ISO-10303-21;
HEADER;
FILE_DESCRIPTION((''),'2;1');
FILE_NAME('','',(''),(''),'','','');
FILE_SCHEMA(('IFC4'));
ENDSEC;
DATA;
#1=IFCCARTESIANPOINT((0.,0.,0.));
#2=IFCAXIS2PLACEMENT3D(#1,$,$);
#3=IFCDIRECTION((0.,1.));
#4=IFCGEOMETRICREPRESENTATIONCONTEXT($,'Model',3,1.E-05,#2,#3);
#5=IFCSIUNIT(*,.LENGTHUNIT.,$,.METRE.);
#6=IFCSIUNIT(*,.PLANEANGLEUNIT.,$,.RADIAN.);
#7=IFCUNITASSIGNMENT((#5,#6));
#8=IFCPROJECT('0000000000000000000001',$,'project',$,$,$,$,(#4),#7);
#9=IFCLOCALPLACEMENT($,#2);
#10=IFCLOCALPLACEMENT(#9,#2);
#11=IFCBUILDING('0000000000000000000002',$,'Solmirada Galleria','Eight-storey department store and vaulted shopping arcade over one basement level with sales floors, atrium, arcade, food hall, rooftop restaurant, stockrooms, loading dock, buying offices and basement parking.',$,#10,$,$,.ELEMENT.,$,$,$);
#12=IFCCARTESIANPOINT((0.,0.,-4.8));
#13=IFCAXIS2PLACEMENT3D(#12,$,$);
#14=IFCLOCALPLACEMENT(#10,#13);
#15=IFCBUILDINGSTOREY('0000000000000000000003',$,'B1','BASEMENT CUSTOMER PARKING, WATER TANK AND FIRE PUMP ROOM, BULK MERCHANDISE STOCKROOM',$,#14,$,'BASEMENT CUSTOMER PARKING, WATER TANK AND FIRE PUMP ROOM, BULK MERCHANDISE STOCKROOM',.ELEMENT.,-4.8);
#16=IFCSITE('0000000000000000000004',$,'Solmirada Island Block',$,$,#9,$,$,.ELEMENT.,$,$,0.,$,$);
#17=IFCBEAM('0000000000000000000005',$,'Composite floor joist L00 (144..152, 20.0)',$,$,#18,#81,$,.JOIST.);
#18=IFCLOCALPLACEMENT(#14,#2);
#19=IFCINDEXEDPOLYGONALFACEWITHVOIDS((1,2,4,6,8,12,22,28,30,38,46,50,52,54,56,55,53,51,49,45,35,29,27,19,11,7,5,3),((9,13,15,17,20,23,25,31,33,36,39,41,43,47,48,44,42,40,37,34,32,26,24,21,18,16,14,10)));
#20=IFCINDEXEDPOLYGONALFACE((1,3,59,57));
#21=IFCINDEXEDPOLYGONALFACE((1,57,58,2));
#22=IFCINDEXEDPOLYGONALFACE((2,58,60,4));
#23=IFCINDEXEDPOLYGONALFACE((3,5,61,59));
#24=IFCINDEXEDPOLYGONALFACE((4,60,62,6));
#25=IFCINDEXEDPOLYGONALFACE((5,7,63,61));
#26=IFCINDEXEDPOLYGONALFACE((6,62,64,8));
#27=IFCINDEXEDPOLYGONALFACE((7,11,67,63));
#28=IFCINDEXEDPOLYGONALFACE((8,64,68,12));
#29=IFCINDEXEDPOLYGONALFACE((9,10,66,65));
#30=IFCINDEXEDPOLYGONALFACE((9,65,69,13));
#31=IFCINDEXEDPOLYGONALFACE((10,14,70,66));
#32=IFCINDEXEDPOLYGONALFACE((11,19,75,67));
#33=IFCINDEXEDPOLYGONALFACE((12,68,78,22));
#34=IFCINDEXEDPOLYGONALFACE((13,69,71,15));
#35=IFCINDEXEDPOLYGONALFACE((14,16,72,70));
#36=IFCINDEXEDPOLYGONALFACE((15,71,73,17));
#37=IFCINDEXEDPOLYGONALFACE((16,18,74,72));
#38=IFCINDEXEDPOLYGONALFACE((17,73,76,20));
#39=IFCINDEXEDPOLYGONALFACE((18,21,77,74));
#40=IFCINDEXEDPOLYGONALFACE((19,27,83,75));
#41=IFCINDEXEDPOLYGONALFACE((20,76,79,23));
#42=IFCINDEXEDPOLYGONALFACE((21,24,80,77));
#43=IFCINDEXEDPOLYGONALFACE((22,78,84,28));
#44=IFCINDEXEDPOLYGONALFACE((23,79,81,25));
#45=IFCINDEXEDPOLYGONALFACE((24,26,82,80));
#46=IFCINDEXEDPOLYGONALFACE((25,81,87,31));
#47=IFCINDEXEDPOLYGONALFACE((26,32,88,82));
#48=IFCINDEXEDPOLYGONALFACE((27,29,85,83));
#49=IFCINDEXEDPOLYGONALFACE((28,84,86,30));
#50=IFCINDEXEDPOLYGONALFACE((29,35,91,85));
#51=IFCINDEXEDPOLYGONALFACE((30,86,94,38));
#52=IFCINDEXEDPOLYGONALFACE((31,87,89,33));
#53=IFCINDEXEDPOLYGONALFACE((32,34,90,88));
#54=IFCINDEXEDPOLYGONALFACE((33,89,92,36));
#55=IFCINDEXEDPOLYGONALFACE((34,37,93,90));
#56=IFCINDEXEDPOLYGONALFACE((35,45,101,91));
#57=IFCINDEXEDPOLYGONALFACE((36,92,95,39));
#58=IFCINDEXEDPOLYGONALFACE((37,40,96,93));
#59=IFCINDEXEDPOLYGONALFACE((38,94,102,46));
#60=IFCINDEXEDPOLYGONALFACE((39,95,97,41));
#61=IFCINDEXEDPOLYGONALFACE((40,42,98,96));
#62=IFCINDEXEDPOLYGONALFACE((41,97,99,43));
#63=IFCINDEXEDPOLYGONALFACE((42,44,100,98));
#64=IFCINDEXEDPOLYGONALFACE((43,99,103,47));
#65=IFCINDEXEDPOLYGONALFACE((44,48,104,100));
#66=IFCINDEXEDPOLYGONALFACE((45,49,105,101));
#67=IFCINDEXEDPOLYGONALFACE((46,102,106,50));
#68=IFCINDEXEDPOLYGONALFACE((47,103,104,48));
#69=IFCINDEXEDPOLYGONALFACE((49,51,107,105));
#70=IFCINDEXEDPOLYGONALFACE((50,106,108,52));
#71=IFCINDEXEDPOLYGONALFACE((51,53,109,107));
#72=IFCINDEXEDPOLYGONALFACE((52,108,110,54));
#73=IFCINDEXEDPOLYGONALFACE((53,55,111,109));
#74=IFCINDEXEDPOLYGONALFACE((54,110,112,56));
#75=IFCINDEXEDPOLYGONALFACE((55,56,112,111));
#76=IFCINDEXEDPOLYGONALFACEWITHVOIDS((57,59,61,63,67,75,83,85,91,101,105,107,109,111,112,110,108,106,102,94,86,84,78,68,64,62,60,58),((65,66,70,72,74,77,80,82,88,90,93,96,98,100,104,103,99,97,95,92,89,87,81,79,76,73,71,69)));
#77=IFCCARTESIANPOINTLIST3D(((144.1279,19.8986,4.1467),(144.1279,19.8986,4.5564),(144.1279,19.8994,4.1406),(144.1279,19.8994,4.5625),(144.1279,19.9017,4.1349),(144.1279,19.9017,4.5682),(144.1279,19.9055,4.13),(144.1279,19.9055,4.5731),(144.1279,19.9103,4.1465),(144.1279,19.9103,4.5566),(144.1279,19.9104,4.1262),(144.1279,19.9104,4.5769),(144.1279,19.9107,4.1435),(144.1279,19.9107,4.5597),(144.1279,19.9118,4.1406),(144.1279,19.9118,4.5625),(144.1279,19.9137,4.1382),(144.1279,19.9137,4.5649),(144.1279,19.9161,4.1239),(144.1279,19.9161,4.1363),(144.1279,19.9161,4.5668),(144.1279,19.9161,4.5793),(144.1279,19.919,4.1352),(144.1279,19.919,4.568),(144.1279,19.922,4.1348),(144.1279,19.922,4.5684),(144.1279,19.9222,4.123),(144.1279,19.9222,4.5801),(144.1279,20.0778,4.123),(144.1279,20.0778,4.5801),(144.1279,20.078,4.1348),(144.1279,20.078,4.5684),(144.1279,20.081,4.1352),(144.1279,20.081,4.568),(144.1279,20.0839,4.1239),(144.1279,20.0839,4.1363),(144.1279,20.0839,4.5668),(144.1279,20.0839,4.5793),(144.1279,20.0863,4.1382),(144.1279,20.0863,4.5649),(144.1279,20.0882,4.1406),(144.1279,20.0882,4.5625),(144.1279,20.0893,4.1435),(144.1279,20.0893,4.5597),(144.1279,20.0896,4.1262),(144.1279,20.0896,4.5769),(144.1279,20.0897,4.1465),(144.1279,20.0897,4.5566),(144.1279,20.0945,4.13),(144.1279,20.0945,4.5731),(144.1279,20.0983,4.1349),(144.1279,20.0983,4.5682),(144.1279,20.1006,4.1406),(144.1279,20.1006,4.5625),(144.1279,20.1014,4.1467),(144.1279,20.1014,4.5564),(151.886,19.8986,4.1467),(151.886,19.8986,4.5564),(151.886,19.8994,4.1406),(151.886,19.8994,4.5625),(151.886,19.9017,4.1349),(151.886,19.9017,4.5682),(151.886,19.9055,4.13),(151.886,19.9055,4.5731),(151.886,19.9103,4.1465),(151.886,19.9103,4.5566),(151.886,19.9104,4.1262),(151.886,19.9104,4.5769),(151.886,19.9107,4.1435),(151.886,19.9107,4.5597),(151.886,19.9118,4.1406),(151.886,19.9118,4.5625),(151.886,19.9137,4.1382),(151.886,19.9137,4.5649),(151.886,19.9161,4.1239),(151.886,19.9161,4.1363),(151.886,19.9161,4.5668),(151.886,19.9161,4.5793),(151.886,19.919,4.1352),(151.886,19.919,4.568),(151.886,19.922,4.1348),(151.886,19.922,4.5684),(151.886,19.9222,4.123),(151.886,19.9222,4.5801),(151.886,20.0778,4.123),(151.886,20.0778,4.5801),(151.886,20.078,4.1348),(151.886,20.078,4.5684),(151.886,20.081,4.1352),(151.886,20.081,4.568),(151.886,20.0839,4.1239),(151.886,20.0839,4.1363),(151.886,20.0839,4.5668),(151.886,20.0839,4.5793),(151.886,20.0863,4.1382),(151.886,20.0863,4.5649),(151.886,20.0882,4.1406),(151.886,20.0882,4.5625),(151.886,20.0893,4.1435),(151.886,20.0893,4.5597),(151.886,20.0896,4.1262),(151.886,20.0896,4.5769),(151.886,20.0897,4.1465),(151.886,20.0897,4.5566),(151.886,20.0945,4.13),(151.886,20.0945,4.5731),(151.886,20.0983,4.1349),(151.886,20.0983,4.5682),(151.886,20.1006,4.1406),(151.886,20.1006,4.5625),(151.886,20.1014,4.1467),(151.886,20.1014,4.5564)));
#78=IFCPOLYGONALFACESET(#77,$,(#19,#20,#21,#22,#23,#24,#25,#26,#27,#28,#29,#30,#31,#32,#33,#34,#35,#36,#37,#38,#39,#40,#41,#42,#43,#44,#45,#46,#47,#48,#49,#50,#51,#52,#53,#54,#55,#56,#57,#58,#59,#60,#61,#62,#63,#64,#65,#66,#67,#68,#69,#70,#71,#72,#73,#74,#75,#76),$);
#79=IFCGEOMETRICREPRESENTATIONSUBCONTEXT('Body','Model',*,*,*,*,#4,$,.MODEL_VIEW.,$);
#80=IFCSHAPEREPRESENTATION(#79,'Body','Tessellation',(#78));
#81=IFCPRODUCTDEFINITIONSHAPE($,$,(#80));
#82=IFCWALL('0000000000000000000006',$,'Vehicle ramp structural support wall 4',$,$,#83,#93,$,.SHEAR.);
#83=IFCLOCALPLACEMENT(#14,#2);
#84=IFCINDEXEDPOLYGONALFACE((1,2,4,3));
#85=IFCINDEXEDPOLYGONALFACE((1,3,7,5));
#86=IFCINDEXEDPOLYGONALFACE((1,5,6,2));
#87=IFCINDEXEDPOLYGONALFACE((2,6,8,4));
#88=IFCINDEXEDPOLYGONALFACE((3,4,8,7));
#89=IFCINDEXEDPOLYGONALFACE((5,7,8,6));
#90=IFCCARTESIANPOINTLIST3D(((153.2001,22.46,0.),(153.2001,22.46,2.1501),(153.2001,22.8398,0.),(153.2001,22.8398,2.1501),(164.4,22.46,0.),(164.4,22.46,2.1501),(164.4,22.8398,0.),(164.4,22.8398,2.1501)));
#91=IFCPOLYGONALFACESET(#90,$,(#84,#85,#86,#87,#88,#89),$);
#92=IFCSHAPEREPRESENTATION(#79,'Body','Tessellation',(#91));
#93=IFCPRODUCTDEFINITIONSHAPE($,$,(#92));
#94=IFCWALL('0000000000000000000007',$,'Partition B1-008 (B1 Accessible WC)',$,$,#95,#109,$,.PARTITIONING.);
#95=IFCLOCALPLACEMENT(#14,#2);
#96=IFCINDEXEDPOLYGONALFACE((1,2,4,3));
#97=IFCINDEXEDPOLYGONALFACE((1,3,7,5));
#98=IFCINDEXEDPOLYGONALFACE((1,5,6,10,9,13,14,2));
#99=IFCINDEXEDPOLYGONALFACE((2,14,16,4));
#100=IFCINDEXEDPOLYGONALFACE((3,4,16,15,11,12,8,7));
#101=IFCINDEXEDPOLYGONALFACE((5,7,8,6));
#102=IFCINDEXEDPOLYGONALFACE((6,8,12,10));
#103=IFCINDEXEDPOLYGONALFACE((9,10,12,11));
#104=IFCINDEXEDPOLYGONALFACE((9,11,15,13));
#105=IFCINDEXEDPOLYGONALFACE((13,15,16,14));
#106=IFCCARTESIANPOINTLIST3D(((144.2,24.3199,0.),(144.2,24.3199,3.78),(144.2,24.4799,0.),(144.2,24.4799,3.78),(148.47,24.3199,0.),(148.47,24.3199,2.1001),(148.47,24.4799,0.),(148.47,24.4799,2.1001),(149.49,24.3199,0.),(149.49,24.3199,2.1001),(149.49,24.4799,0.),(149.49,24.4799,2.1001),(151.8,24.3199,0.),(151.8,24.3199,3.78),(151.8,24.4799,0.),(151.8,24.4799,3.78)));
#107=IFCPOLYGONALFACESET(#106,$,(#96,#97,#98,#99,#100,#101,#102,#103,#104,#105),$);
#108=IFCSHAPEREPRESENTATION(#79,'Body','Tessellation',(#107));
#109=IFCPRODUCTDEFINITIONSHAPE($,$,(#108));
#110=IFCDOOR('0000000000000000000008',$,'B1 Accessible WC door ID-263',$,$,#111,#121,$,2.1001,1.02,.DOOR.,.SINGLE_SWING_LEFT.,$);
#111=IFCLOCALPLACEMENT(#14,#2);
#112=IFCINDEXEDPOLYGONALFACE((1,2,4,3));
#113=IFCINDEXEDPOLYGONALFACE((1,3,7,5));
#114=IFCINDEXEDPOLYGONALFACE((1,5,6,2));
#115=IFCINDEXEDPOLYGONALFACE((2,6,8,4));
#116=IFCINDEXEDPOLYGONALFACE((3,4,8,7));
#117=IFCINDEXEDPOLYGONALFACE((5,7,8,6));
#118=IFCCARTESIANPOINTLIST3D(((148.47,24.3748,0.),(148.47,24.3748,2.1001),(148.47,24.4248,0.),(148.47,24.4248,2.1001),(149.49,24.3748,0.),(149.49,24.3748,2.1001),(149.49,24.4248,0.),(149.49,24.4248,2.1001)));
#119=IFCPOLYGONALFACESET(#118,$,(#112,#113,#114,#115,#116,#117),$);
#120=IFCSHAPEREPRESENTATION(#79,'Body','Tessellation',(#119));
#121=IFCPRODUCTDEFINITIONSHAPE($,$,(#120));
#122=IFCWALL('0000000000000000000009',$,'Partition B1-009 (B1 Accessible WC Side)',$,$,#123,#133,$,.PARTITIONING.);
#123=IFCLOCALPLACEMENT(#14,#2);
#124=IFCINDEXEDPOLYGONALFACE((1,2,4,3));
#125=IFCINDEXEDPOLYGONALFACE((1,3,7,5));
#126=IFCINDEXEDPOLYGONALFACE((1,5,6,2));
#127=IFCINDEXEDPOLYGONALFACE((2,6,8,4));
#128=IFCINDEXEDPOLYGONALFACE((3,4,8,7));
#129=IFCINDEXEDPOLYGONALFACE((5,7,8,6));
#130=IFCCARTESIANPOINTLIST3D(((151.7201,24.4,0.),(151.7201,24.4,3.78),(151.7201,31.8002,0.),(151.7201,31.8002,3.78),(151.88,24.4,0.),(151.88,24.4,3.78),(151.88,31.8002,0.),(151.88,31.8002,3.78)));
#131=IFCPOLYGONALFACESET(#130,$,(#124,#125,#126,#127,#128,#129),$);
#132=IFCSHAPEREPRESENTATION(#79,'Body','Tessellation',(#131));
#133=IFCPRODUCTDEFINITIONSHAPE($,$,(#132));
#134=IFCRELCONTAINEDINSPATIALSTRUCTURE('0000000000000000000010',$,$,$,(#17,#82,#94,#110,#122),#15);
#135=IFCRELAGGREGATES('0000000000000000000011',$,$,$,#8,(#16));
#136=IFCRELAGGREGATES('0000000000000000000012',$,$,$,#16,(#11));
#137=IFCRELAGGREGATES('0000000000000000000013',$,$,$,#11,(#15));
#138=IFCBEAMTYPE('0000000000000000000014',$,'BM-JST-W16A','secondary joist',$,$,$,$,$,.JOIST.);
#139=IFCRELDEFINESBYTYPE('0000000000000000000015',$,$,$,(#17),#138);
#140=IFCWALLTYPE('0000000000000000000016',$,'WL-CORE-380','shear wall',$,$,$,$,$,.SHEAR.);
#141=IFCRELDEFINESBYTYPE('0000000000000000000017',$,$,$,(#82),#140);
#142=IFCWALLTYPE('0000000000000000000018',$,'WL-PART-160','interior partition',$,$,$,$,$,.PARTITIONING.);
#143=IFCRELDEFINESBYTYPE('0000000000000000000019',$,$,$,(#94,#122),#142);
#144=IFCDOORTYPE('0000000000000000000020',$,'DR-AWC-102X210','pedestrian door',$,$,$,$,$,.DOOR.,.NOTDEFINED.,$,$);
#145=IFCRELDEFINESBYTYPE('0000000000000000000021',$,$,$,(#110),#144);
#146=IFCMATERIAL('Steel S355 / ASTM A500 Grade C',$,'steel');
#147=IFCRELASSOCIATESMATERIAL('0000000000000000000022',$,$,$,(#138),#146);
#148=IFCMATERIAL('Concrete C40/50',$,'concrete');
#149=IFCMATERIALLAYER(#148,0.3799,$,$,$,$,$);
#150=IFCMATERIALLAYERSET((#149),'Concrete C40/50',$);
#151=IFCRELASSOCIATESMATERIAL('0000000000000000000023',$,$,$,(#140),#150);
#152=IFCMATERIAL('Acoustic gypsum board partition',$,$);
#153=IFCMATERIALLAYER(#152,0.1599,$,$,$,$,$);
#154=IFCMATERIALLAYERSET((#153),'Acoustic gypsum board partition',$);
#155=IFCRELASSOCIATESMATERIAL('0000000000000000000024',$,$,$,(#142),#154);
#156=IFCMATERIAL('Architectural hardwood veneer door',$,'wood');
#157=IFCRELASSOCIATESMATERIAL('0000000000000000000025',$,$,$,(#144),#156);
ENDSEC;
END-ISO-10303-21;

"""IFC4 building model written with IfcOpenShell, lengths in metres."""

from ifc_helpers import new_model, si_unit, direction, frame, frame_2d, origin, origin_2d, place, context, subcontext, project, spatial, rectangle, hollow_rectangle, extrude, material, layer, layer_set, material_profile, profile_set, type_object, element, fill, save


model = new_model("IFC4")

# Units and contexts
model_context = context("Model", 3, precision=1e-05, world=origin(), true_north=direction((0.0, 1.0)))
body_context = subcontext(model_context, "Body", "Model", "MODEL_VIEW")
ifc_project = project(units=[si_unit("LENGTHUNIT", "METRE"), si_unit("PLANEANGLEUNIT", "RADIAN")], contexts=[model_context])

# Site, building, storey
site_placement = place(None, origin())
site = spatial("IfcSite", under=ifc_project, at=site_placement, Name="Solmirada Island Block", CompositionType="ELEMENT", RefElevation=0.0)
building_placement = place(site_placement, origin())
building = spatial("IfcBuilding", under=site, at=building_placement, Name="Solmirada Galleria", Description="Eight-storey department store and vaulted shopping arcade over one basement level with sales floors, atrium, arcade, food hall, rooftop restaurant, stockrooms, loading dock, buying offices and basement parking.", CompositionType="ELEMENT")
storey_placement = place(building_placement, frame((0.0, 0.0, -4.8)))
storey = spatial("IfcBuildingStorey", under=building, at=storey_placement, Name="B1", Description="BASEMENT CUSTOMER PARKING, WATER TANK AND FIRE PUMP ROOM, BULK MERCHANDISE STOCKROOM", LongName="BASEMENT CUSTOMER PARKING, WATER TANK AND FIRE PUMP ROOM, BULK MERCHANDISE STOCKROOM", CompositionType="ELEMENT", Elevation=-4.8)

# Shared definitions
ifc_material_1 = material(Name="Concrete C40/50", Category="concrete")

# Shared definitions
ifc_material_2 = material(Name="Steel S355 / ASTM A500 Grade C", Category="steel")

# Beam
ifc_material_profile_1 = material_profile(ifc_material_2, hollow_rectangle(XDim=0.2029, YDim=0.457, WallThickness=0.0117, InnerFilletRadius=0.0117, OuterFilletRadius=0.0237, at=origin_2d()), Name="HSS18X8X1/2")
ifc_profile_set_1 = profile_set([ifc_material_profile_1], Name="Steel S355 / ASTM A500 Grade C")
beam_type_1 = type_object("IfcBeamType", Name="BM-JST-W16A", Description="secondary joist", PredefinedType="JOIST", material=ifc_profile_set_1)
beam_1_placement = place(storey_placement, frame((144.1279, 20.0, 4.3516), z_axis=(1.0, 0.0, 0.0), x_axis=(0.0, 1.0, 0.0)))
element("IfcBeam", 1, at=beam_1_placement, inside=storey, type_object=beam_type_1, Name="Composite floor joist L00 (144..152, 20.0)", PredefinedType="JOIST", context=body_context, shape_type="SweptSolid", body=[
    extrude(hollow_rectangle(XDim=0.2029, YDim=0.457, WallThickness=0.0117, InnerFilletRadius=0.0117, OuterFilletRadius=0.0237, at=origin_2d()), origin(), (0.0, 0.0, 1.0), 7.7581),
])

# Wall
ifc_layer_1 = layer(ifc_material_1, 0.3799)
ifc_layer_set_1 = layer_set([ifc_layer_1], Name="Concrete C40/50")
wall_type_1 = type_object("IfcWallType", Name="WL-CORE-380", Description="shear wall", PredefinedType="SHEAR", material=ifc_layer_set_1)
wall_1_placement = place(storey_placement, frame((153.2, 22.6499, 0.0), z_axis=(0.0, 0.0, 1.0), x_axis=(1.0, 0.0, 0.0)))
element("IfcWall", 2, at=wall_1_placement, inside=storey, type_object=wall_type_1, Name="Vehicle ramp structural support wall 4", PredefinedType="SHEAR", context=body_context, shape_type="SweptSolid", body=[
    extrude(rectangle(XDim=11.2, YDim=0.3799, at=frame_2d((5.6001, 0.0))), origin(), (0.0, 0.0, 1.0), 2.1501),
])

# Wall, opening, door
ifc_material_3 = material(Name="Acoustic gypsum board partition")
ifc_layer_2 = layer(ifc_material_3, 0.1599)
ifc_layer_set_2 = layer_set([ifc_layer_2], Name="Acoustic gypsum board partition")
wall_type_2 = type_object("IfcWallType", Name="WL-PART-160", Description="interior partition", PredefinedType="PARTITIONING", material=ifc_layer_set_2)
wall_2_placement = place(storey_placement, frame((144.2, 24.3999, 0.0), z_axis=(0.0, 0.0, 1.0), x_axis=(1.0, 0.0, 0.0)))
wall_2 = element("IfcWall", 3, at=wall_2_placement, inside=storey, type_object=wall_type_2, Name="Partition B1-008 (B1 Accessible WC)", PredefinedType="PARTITIONING", context=body_context, shape_type="SweptSolid", body=[
    extrude(rectangle(XDim=7.6001, YDim=0.1599, at=frame_2d((3.8, 0.0))), origin(), (0.0, 0.0, 1.0), 3.78),
])
opening_placement = place(wall_2_placement, frame((4.27, 0.0, 0.0)))
opening = element("IfcOpeningElement", 4, at=opening_placement, cuts=wall_2, PredefinedType="OPENING", context=body_context, shape_type="SweptSolid", body=[
    extrude(rectangle(XDim=1.02, YDim=2.1001, at=frame_2d((0.51, 1.05))), frame((0.0, 0.0898, 0.0), z_axis=(0.0, -1.0, 0.0), x_axis=(1.0, 0.0, 0.0)), (0.0, 0.0, 1.0), 0.1799),
])
ifc_material_4 = material(Name="Architectural hardwood veneer door", Category="wood")
door_type = type_object("IfcDoorType", Name="DR-AWC-102X210", Description="pedestrian door", OperationType="NOTDEFINED", PredefinedType="DOOR", material=ifc_material_4)
door_placement = place(opening_placement, origin())
door = element("IfcDoor", 5, at=door_placement, inside=storey, type_object=door_type, Name="B1 Accessible WC door ID-263", OperationType="SINGLE_SWING_LEFT", OverallHeight=2.1001, OverallWidth=1.02, PredefinedType="DOOR", context=body_context, shape_type="SweptSolid", body=[
    extrude(rectangle(XDim=1.02, YDim=2.1001, at=frame_2d((0.51, 1.05))), frame((0.0, 0.0249, 0.0), z_axis=(0.0, -1.0, 0.0), x_axis=(1.0, 0.0, 0.0)), (0.0, 0.0, 1.0), 0.05),
])
fill(opening, door)

# Wall
wall_3_placement = place(storey_placement, frame((151.8, 24.3999, 0.0), z_axis=(0.0, 0.0, 1.0), x_axis=(0.0, 1.0, 0.0)))
element("IfcWall", 6, at=wall_3_placement, inside=storey, type_object=wall_type_2, Name="Partition B1-009 (B1 Accessible WC Side)", PredefinedType="PARTITIONING", context=body_context, shape_type="SweptSolid", body=[
    extrude(rectangle(XDim=7.4001, YDim=0.1599, at=frame_2d((3.7002, 0.0))), origin(), (0.0, 0.0, 1.0), 3.78),
])

save(model, "model.ifc")
